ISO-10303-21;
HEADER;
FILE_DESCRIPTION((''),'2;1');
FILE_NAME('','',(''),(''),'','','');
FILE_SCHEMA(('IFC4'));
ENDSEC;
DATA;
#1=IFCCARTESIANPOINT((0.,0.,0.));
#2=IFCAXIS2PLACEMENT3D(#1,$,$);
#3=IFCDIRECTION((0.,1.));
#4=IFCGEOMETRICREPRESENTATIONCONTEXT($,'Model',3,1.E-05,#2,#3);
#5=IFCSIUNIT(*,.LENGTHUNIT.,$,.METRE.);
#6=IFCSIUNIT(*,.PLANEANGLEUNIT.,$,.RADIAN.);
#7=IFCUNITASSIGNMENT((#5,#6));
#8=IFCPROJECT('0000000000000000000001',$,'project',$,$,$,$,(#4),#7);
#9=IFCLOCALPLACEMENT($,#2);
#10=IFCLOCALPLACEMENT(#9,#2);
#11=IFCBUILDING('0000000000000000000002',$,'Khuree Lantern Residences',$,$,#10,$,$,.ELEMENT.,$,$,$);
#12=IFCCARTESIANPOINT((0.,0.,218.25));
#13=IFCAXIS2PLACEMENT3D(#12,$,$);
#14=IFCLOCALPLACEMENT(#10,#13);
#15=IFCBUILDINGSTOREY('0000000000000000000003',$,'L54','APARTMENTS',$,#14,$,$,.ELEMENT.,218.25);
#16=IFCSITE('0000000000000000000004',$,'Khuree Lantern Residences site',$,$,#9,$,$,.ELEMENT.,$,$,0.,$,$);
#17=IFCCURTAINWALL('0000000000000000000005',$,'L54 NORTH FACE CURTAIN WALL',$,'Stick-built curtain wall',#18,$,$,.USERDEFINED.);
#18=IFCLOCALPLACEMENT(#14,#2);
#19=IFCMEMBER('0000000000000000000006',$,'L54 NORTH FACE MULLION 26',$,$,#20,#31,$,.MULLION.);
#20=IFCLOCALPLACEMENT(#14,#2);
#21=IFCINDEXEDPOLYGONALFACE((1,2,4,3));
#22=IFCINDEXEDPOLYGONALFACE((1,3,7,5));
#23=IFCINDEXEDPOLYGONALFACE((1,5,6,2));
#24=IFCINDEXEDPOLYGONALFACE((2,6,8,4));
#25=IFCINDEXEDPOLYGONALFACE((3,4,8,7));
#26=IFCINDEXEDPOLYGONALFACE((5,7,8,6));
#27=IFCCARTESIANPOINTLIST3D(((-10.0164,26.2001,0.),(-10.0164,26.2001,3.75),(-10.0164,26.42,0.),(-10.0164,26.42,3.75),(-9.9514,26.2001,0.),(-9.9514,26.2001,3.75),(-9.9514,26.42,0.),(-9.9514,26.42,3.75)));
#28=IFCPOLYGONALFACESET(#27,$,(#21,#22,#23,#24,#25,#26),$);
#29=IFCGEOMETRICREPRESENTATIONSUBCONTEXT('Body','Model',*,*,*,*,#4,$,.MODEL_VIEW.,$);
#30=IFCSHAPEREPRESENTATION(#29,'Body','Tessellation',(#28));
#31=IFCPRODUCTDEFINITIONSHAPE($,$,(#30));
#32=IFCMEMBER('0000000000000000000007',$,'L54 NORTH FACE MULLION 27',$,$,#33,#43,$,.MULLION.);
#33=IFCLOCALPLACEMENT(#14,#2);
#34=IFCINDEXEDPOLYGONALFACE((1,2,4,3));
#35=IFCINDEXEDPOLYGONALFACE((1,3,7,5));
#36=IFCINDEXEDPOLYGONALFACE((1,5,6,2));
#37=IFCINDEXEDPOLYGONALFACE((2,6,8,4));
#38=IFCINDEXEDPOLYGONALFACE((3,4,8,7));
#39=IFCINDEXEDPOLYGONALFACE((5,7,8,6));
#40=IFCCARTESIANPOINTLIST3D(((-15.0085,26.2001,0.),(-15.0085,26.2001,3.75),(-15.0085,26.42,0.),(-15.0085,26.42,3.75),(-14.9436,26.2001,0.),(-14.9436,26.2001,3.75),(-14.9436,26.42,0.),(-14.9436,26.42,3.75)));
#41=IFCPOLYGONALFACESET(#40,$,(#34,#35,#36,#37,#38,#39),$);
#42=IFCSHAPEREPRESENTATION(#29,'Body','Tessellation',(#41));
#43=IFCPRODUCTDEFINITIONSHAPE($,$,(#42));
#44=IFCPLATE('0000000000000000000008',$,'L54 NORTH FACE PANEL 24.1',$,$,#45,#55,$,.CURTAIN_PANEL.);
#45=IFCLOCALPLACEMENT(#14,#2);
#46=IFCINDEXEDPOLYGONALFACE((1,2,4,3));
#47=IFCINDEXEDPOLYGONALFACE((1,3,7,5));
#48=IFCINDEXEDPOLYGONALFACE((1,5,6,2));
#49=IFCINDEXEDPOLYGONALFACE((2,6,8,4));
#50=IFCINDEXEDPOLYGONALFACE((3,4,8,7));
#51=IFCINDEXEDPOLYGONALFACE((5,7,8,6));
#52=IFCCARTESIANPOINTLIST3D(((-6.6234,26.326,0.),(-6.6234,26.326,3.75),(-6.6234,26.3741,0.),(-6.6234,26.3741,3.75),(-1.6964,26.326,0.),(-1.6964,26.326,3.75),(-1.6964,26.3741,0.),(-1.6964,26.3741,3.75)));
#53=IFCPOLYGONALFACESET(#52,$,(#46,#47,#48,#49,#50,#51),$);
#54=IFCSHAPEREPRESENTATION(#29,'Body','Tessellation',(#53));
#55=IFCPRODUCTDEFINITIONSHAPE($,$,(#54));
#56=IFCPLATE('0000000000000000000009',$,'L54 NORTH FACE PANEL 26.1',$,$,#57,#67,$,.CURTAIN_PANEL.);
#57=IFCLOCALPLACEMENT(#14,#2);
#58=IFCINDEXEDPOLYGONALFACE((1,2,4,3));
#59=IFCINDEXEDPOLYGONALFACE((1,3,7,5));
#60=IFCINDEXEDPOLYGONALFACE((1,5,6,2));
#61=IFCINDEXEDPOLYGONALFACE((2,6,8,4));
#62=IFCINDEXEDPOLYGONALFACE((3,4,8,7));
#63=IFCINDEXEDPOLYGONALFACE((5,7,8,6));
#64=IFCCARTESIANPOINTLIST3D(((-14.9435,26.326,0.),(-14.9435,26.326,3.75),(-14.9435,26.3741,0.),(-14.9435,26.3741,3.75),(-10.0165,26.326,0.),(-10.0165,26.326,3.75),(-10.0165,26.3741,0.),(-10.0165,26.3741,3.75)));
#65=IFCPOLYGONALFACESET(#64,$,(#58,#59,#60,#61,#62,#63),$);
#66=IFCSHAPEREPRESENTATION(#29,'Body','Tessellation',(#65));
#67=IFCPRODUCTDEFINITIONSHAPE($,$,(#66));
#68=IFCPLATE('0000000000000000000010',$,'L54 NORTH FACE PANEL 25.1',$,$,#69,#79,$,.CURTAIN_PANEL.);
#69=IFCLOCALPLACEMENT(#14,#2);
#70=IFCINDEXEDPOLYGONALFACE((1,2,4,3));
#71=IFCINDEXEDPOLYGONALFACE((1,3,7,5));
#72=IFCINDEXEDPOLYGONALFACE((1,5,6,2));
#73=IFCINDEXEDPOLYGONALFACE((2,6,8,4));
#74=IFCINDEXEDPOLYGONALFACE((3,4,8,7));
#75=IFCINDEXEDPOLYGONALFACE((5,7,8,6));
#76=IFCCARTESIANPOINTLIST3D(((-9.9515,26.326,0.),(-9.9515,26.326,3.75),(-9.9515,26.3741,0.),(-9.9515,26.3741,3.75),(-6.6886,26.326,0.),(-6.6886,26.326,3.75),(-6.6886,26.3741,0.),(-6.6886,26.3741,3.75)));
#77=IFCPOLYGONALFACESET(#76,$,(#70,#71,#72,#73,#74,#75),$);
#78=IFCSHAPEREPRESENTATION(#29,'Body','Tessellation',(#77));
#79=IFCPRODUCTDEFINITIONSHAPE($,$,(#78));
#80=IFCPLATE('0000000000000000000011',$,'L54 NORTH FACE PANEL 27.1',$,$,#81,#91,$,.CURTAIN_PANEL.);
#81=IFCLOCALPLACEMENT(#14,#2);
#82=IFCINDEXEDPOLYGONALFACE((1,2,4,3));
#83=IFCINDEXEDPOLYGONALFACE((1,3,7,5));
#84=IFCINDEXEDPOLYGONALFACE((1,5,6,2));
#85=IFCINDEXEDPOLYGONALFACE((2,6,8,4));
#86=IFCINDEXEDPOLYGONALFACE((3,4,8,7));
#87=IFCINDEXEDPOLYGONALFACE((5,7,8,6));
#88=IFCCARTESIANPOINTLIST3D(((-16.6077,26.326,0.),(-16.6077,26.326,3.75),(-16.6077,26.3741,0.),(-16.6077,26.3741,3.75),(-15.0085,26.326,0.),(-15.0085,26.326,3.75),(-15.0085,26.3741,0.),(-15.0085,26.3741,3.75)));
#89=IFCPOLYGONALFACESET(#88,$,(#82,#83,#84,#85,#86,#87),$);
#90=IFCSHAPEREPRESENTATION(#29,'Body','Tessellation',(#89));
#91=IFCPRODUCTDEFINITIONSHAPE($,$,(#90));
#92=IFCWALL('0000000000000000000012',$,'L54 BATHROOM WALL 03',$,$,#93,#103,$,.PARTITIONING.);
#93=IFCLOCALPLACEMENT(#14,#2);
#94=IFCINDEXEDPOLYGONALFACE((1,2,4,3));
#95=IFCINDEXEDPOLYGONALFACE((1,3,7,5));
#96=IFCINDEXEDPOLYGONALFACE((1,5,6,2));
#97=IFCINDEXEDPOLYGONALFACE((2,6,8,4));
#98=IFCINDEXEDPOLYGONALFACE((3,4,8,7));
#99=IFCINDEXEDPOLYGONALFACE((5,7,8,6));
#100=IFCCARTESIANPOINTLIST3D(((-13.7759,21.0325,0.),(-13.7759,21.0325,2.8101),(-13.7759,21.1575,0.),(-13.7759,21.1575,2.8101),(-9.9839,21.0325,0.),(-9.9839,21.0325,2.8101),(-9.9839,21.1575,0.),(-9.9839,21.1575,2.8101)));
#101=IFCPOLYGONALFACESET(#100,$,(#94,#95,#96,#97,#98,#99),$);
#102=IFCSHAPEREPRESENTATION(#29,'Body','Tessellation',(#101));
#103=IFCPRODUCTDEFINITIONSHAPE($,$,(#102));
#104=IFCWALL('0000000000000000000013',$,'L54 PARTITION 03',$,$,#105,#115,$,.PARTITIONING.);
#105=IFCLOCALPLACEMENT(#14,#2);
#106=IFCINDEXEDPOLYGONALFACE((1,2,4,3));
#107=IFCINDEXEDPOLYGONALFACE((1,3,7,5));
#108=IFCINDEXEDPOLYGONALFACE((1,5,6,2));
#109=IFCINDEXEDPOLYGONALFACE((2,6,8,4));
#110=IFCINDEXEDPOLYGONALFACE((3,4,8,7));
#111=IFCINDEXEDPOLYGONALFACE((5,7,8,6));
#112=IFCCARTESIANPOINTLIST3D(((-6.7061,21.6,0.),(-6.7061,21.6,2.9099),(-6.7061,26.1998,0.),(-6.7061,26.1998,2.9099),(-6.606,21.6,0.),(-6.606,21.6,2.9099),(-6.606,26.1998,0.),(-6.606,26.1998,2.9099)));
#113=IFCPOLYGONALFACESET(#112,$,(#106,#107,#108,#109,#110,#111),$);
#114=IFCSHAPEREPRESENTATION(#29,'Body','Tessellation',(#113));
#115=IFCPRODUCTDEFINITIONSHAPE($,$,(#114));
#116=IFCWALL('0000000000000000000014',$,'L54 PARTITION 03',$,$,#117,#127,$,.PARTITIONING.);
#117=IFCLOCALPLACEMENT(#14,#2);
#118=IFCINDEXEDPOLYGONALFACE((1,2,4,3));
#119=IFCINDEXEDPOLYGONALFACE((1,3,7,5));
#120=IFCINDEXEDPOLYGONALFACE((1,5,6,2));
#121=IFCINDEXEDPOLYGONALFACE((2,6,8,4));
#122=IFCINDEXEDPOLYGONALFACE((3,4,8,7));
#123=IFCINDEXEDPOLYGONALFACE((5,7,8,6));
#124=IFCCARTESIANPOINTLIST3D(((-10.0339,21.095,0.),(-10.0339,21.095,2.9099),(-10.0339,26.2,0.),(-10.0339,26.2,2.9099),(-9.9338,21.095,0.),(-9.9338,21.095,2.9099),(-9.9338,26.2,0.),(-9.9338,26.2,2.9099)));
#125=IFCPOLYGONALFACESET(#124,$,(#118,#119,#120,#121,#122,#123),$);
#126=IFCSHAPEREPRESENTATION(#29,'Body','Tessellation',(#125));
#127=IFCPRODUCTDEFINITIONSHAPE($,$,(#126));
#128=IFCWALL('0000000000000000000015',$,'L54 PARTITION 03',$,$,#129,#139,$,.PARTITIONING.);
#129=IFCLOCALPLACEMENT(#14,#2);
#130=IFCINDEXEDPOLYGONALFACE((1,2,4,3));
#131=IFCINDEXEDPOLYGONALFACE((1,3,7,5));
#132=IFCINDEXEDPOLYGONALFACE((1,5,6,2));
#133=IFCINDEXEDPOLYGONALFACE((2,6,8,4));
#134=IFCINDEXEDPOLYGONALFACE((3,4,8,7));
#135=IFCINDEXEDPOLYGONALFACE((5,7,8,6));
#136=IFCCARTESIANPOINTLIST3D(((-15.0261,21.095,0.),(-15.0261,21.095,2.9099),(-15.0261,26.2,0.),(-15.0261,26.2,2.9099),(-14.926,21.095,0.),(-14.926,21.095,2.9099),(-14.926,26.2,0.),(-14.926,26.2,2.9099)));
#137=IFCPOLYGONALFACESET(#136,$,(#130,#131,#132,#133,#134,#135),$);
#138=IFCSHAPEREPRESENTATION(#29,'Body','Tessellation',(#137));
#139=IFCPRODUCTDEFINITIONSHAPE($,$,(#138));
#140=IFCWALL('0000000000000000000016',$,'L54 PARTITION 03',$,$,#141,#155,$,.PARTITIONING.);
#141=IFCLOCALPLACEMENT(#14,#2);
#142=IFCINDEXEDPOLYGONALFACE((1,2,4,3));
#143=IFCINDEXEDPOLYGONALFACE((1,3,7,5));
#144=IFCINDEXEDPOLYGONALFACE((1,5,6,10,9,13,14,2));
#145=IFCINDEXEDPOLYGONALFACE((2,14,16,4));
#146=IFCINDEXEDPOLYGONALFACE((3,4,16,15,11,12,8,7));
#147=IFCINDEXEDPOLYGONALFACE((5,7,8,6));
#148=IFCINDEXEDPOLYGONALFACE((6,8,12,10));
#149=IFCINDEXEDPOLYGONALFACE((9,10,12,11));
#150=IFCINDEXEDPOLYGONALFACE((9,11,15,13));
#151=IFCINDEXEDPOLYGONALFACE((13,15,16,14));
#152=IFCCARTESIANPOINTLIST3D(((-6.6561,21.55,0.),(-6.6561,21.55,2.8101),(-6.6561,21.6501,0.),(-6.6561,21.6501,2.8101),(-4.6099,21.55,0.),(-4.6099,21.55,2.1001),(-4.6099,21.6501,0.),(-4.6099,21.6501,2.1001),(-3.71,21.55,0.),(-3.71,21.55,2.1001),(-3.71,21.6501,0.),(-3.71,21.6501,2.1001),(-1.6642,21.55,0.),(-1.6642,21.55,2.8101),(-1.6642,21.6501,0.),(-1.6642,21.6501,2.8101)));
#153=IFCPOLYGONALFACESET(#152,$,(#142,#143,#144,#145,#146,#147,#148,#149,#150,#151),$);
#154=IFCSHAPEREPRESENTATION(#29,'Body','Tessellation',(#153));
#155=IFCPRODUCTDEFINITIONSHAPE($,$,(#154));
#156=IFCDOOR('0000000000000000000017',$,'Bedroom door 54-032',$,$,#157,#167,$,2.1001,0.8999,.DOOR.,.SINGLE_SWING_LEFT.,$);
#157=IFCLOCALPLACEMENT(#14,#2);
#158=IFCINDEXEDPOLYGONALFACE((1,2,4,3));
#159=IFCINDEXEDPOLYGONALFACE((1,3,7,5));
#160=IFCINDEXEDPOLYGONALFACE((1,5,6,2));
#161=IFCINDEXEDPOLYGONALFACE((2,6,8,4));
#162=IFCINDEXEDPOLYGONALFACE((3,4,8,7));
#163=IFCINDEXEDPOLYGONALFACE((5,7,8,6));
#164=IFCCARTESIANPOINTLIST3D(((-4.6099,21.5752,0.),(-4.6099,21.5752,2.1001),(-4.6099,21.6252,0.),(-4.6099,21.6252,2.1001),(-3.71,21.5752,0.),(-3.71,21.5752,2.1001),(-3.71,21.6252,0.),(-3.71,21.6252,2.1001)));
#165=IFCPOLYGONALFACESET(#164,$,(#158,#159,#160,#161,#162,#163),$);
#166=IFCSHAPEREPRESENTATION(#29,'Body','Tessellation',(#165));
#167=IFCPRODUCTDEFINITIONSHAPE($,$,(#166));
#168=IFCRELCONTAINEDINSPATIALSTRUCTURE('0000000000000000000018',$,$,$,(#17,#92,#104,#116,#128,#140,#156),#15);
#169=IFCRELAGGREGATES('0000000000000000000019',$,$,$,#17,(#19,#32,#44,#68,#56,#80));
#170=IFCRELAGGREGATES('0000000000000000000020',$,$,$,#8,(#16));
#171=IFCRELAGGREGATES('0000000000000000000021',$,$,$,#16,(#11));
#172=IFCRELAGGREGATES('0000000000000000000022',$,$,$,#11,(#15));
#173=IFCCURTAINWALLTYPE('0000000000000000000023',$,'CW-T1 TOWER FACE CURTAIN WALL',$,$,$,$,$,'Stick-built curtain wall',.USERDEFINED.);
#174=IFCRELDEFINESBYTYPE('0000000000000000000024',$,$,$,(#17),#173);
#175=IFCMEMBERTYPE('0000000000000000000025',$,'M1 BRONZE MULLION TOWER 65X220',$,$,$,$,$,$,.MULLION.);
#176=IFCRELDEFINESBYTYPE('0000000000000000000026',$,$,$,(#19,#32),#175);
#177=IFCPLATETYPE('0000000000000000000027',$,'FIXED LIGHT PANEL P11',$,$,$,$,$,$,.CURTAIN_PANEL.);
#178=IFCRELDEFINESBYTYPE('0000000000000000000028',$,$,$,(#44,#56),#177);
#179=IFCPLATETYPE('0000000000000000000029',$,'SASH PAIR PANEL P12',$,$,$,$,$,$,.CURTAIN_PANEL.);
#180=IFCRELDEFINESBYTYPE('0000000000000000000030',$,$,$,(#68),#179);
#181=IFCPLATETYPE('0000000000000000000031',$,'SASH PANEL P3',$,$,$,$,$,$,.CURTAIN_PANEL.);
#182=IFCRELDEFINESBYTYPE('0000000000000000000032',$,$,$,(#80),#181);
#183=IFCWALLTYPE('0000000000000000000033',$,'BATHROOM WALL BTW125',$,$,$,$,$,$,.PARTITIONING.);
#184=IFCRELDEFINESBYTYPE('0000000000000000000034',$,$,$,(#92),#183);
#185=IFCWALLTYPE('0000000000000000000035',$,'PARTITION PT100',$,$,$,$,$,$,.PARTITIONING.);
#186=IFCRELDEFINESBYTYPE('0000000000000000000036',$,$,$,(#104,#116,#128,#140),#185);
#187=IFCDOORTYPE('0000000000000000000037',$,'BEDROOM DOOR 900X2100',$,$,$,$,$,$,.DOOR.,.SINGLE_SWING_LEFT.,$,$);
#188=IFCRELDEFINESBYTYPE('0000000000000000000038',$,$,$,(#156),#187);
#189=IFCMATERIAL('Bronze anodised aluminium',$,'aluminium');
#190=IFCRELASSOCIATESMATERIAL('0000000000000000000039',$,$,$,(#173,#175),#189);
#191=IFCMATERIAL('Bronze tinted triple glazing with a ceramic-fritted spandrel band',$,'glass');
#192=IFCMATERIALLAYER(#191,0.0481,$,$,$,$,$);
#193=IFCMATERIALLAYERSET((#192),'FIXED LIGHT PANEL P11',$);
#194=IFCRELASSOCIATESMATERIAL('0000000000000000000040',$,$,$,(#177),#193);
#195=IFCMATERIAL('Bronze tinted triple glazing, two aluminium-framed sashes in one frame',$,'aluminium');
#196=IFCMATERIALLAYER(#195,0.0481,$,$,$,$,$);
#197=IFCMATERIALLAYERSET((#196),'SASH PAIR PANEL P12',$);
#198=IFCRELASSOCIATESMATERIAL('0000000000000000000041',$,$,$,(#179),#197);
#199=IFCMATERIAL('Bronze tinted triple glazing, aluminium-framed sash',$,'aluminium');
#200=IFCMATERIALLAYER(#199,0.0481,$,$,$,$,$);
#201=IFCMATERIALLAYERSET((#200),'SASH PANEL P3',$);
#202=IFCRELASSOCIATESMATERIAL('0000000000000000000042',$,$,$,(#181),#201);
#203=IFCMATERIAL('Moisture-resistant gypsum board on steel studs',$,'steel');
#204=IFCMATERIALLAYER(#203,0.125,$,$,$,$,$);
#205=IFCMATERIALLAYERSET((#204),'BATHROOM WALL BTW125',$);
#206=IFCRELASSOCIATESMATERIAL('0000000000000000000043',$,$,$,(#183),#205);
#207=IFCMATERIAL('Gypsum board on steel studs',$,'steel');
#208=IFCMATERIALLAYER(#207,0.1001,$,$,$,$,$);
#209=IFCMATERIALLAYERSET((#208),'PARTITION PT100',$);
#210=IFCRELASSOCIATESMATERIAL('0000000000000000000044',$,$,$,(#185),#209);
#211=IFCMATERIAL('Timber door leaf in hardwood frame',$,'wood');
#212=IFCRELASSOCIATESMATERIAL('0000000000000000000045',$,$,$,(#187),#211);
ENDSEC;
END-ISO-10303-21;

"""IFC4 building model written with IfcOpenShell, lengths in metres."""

from ifc_helpers import new_model, si_unit, direction, frame, frame_2d, origin, origin_2d, place, context, subcontext, project, spatial, rectangle, extrude, material, layer, layer_set, material_profile, profile_set, type_object, element, fill, aggregate, save


model = new_model("IFC4")

# Units and contexts
model_context = context("Model", 3, precision=1e-05, world=origin(), true_north=direction((0.0, 1.0)))
body_context = subcontext(model_context, "Body", "Model", "MODEL_VIEW")
ifc_project = project(units=[si_unit("LENGTHUNIT", "METRE"), si_unit("PLANEANGLEUNIT", "RADIAN")], contexts=[model_context])

# Site, building, storey
site_placement = place(None, origin())
site = spatial("IfcSite", under=ifc_project, at=site_placement, Name="Khuree Lantern Residences site", CompositionType="ELEMENT", RefElevation=0.0)
building_placement = place(site_placement, origin())
building = spatial("IfcBuilding", under=site, at=building_placement, Name="Khuree Lantern Residences", CompositionType="ELEMENT")
storey_placement = place(building_placement, frame((0.0, 0.0, 218.25)))
storey = spatial("IfcBuildingStorey", under=building, at=storey_placement, Name="L54", Description="APARTMENTS", CompositionType="ELEMENT", Elevation=218.25)

# Curtain wall
ifc_material_1 = material(Name="Bronze anodised aluminium", Category="aluminium")
curtain_wall_type = type_object("IfcCurtainWallType", Name="CW-T1 TOWER FACE CURTAIN WALL", ElementType="Stick-built curtain wall", PredefinedType="USERDEFINED", material=ifc_material_1)
curtain_wall_placement = place(storey_placement, origin())
curtain_wall = element("IfcCurtainWall", 1, at=curtain_wall_placement, inside=storey, type_object=curtain_wall_type, Name="L54 NORTH FACE CURTAIN WALL", ObjectType="Stick-built curtain wall", PredefinedType="USERDEFINED")

# Members
ifc_material_profile_1 = material_profile(ifc_material_1, rectangle(XDim=0.0649, YDim=0.22, at=origin_2d()), Name="M1 65X220")
ifc_profile_set_1 = profile_set([ifc_material_profile_1], Name="Bronze anodised aluminium")
member_type_1 = type_object("IfcMemberType", Name="M1 BRONZE MULLION TOWER 65X220", PredefinedType="MULLION", material=ifc_profile_set_1)
member_1_placement = place(storey_placement, frame((-9.9839, 26.3101, 0.0), z_axis=(0.0, 0.0, 1.0), x_axis=(-1.0, 0.0, 0.0)))
member_1 = element("IfcMember", 2, at=member_1_placement, type_object=member_type_1, Name="L54 NORTH FACE MULLION 26", PredefinedType="MULLION", context=body_context, shape_type="SweptSolid", body=[
    extrude(rectangle(XDim=0.0649, YDim=0.22, at=origin_2d()), origin(), (0.0, 0.0, 1.0), 3.75),
])
member_2_placement = place(storey_placement, frame((-14.9761, 26.3101, 0.0), z_axis=(0.0, 0.0, 1.0), x_axis=(-1.0, 0.0, 0.0)))
member_2 = element("IfcMember", 3, at=member_2_placement, type_object=member_type_1, Name="L54 NORTH FACE MULLION 27", PredefinedType="MULLION", context=body_context, shape_type="SweptSolid", body=[
    extrude(rectangle(XDim=0.0649, YDim=0.22, at=origin_2d()), origin(), (0.0, 0.0, 1.0), 3.75),
])

# Plates
ifc_material_2 = material(Name="Bronze tinted triple glazing with a ceramic-fritted spandrel band", Category="glass")
ifc_layer_1 = layer(ifc_material_2, 0.0481)
ifc_layer_set_1 = layer_set([ifc_layer_1], Name="FIXED LIGHT PANEL P11")
plate_type_1 = type_object("IfcPlateType", Name="FIXED LIGHT PANEL P11", PredefinedType="CURTAIN_PANEL", material=ifc_layer_set_1)
plate_1_placement = place(storey_placement, frame((-4.1599, 26.3501, 0.0), z_axis=(0.0, 0.0, 1.0), x_axis=(-1.0, 0.0, 0.0)))
plate_1 = element("IfcPlate", 4, at=plate_1_placement, type_object=plate_type_1, Name="L54 NORTH FACE PANEL 24.1", PredefinedType="CURTAIN_PANEL", context=body_context, shape_type="SweptSolid", body=[
    extrude(rectangle(XDim=4.927, YDim=0.0481, at=origin_2d()), origin(), (0.0, 0.0, 1.0), 3.75),
])
plate_2_placement = place(storey_placement, frame((-12.48, 26.3501, 0.0), z_axis=(0.0, 0.0, 1.0), x_axis=(-1.0, 0.0, 0.0)))
plate_2 = element("IfcPlate", 5, at=plate_2_placement, type_object=plate_type_1, Name="L54 NORTH FACE PANEL 26.1", PredefinedType="CURTAIN_PANEL", context=body_context, shape_type="SweptSolid", body=[
    extrude(rectangle(XDim=4.927, YDim=0.0481, at=origin_2d()), origin(), (0.0, 0.0, 1.0), 3.75),
])
ifc_material_3 = material(Name="Bronze tinted triple glazing, two aluminium-framed sashes in one frame", Category="aluminium")
ifc_layer_2 = layer(ifc_material_3, 0.0481)
ifc_layer_set_2 = layer_set([ifc_layer_2], Name="SASH PAIR PANEL P12")
plate_type_2 = type_object("IfcPlateType", Name="SASH PAIR PANEL P12", PredefinedType="CURTAIN_PANEL", material=ifc_layer_set_2)
plate_3_placement = place(storey_placement, frame((-8.3201, 26.3501, 0.0), z_axis=(0.0, 0.0, 1.0), x_axis=(-1.0, 0.0, 0.0)))
plate_3 = element("IfcPlate", 6, at=plate_3_placement, type_object=plate_type_2, Name="L54 NORTH FACE PANEL 25.1", PredefinedType="CURTAIN_PANEL", context=body_context, shape_type="SweptSolid", body=[
    extrude(rectangle(XDim=3.2629, YDim=0.0481, at=origin_2d()), origin(), (0.0, 0.0, 1.0), 3.75),
])
ifc_material_4 = material(Name="Bronze tinted triple glazing, aluminium-framed sash", Category="aluminium")
ifc_layer_3 = layer(ifc_material_4, 0.0481)
ifc_layer_set_3 = layer_set([ifc_layer_3], Name="SASH PANEL P3")
plate_type_3 = type_object("IfcPlateType", Name="SASH PANEL P3", PredefinedType="CURTAIN_PANEL", material=ifc_layer_set_3)
plate_4_placement = place(storey_placement, frame((-15.8081, 26.3501, 0.0), z_axis=(0.0, 0.0, 1.0), x_axis=(-1.0, 0.0, 0.0)))
plate_4 = element("IfcPlate", 7, at=plate_4_placement, type_object=plate_type_3, Name="L54 NORTH FACE PANEL 27.1", PredefinedType="CURTAIN_PANEL", context=body_context, shape_type="SweptSolid", body=[
    extrude(rectangle(XDim=1.5991, YDim=0.0481, at=origin_2d()), origin(), (0.0, 0.0, 1.0), 3.75),
])
aggregate(curtain_wall, [member_1, member_2, plate_1, plate_3, plate_2, plate_4])

# Walls
ifc_material_5 = material(Name="Moisture-resistant gypsum board on steel studs", Category="steel")
ifc_layer_4 = layer(ifc_material_5, 0.125)
ifc_layer_set_4 = layer_set([ifc_layer_4], Name="BATHROOM WALL BTW125")
wall_type_1 = type_object("IfcWallType", Name="BATHROOM WALL BTW125", PredefinedType="PARTITIONING", material=ifc_layer_set_4)
wall_1_placement = place(storey_placement, frame((-9.9839, 21.095, 0.0), z_axis=(0.0, 0.0, 1.0), x_axis=(-1.0, 0.0, 0.0)))
element("IfcWall", 8, at=wall_1_placement, inside=storey, type_object=wall_type_1, Name="L54 BATHROOM WALL 03", PredefinedType="PARTITIONING", context=body_context, shape_type="SweptSolid", body=[
    extrude(rectangle(XDim=3.792, YDim=0.125, at=frame_2d((1.896, 0.0))), origin(), (0.0, 0.0, 1.0), 2.8101),
])
ifc_material_6 = material(Name="Gypsum board on steel studs", Category="steel")
ifc_layer_5 = layer(ifc_material_6, 0.1001)
ifc_layer_set_5 = layer_set([ifc_layer_5], Name="PARTITION PT100")
wall_type_2 = type_object("IfcWallType", Name="PARTITION PT100", PredefinedType="PARTITIONING", material=ifc_layer_set_5)
wall_2_placement = place(storey_placement, frame((-6.656, 21.6001, 0.0), z_axis=(0.0, 0.0, 1.0), x_axis=(0.0, 1.0, 0.0)))
element("IfcWall", 9, at=wall_2_placement, inside=storey, type_object=wall_type_2, Name="L54 PARTITION 03", PredefinedType="PARTITIONING", context=body_context, shape_type="SweptSolid", body=[
    extrude(rectangle(XDim=4.5999, YDim=0.1001, at=frame_2d((2.2998, 0.0))), origin(), (0.0, 0.0, 1.0), 2.9099),
])
for number, where, z_axis, x_axis, name in (
    (10, (-9.9839, 21.095, 0.0), (0.0, 0.0, 1.0), (0.0, 1.0, 0.0), "L54 PARTITION 03"),
    (11, (-14.9761, 21.095, 0.0), (0.0, 0.0, 1.0), (0.0, 1.0, 0.0), "L54 PARTITION 03"),
):
    element("IfcWall", number, at=place(storey_placement, frame(where, z_axis=z_axis, x_axis=x_axis)), inside=storey, type_object=wall_type_2, Name=name, PredefinedType="PARTITIONING", context=body_context, shape_type="SweptSolid", body=[
        extrude(rectangle(XDim=5.105, YDim=0.1001, at=frame_2d((2.5525, 0.0))), origin(), (0.0, 0.0, 1.0), 2.9099),
    ])

# Wall, opening, door
wall_3_placement = place(storey_placement, frame((-1.6641, 21.6001, 0.0), z_axis=(0.0, 0.0, 1.0), x_axis=(-1.0, 0.0, 0.0)))
wall_3 = element("IfcWall", 12, at=wall_3_placement, inside=storey, type_object=wall_type_2, Name="L54 PARTITION 03", PredefinedType="PARTITIONING", context=body_context, shape_type="SweptSolid", body=[
    extrude(rectangle(XDim=4.9919, YDim=0.1001, at=frame_2d((2.4961, 0.0))), origin(), (0.0, 0.0, 1.0), 2.8101),
])
opening_1_placement = place(wall_3_placement, frame((2.0459, 0.0, 0.0)))
opening_1 = element("IfcOpeningElement", 13, at=opening_1_placement, cuts=wall_3, PredefinedType="OPENING", context=body_context, shape_type="SweptSolid", body=[
    extrude(rectangle(XDim=0.8999, YDim=2.1001, at=frame_2d((0.45, 1.05))), frame((0.0, 0.0601, 0.0), z_axis=(0.0, -1.0, 0.0), x_axis=(1.0, 0.0, 0.0)), (0.0, 0.0, 1.0), 0.1201),
])
ifc_material_7 = material(Name="Timber door leaf in hardwood frame", Category="wood")
door_type_1 = type_object("IfcDoorType", Name="BEDROOM DOOR 900X2100", OperationType="SINGLE_SWING_LEFT", PredefinedType="DOOR", material=ifc_material_7)
door_1_placement = place(opening_1_placement, origin())
door_1 = element("IfcDoor", 14, at=door_1_placement, inside=storey, type_object=door_type_1, Name="Bedroom door 54-032", OperationType="SINGLE_SWING_LEFT", OverallHeight=2.1001, OverallWidth=0.8999, PredefinedType="DOOR", context=body_context, shape_type="SweptSolid", body=[
    extrude(rectangle(XDim=0.8999, YDim=2.1001, at=frame_2d((0.45, 1.05))), frame((0.0, 0.0249, 0.0), z_axis=(0.0, -1.0, 0.0), x_axis=(1.0, 0.0, 0.0)), (0.0, 0.0, 1.0), 0.05),
])
fill(opening_1, door_1)

save(model, "model.ifc")
